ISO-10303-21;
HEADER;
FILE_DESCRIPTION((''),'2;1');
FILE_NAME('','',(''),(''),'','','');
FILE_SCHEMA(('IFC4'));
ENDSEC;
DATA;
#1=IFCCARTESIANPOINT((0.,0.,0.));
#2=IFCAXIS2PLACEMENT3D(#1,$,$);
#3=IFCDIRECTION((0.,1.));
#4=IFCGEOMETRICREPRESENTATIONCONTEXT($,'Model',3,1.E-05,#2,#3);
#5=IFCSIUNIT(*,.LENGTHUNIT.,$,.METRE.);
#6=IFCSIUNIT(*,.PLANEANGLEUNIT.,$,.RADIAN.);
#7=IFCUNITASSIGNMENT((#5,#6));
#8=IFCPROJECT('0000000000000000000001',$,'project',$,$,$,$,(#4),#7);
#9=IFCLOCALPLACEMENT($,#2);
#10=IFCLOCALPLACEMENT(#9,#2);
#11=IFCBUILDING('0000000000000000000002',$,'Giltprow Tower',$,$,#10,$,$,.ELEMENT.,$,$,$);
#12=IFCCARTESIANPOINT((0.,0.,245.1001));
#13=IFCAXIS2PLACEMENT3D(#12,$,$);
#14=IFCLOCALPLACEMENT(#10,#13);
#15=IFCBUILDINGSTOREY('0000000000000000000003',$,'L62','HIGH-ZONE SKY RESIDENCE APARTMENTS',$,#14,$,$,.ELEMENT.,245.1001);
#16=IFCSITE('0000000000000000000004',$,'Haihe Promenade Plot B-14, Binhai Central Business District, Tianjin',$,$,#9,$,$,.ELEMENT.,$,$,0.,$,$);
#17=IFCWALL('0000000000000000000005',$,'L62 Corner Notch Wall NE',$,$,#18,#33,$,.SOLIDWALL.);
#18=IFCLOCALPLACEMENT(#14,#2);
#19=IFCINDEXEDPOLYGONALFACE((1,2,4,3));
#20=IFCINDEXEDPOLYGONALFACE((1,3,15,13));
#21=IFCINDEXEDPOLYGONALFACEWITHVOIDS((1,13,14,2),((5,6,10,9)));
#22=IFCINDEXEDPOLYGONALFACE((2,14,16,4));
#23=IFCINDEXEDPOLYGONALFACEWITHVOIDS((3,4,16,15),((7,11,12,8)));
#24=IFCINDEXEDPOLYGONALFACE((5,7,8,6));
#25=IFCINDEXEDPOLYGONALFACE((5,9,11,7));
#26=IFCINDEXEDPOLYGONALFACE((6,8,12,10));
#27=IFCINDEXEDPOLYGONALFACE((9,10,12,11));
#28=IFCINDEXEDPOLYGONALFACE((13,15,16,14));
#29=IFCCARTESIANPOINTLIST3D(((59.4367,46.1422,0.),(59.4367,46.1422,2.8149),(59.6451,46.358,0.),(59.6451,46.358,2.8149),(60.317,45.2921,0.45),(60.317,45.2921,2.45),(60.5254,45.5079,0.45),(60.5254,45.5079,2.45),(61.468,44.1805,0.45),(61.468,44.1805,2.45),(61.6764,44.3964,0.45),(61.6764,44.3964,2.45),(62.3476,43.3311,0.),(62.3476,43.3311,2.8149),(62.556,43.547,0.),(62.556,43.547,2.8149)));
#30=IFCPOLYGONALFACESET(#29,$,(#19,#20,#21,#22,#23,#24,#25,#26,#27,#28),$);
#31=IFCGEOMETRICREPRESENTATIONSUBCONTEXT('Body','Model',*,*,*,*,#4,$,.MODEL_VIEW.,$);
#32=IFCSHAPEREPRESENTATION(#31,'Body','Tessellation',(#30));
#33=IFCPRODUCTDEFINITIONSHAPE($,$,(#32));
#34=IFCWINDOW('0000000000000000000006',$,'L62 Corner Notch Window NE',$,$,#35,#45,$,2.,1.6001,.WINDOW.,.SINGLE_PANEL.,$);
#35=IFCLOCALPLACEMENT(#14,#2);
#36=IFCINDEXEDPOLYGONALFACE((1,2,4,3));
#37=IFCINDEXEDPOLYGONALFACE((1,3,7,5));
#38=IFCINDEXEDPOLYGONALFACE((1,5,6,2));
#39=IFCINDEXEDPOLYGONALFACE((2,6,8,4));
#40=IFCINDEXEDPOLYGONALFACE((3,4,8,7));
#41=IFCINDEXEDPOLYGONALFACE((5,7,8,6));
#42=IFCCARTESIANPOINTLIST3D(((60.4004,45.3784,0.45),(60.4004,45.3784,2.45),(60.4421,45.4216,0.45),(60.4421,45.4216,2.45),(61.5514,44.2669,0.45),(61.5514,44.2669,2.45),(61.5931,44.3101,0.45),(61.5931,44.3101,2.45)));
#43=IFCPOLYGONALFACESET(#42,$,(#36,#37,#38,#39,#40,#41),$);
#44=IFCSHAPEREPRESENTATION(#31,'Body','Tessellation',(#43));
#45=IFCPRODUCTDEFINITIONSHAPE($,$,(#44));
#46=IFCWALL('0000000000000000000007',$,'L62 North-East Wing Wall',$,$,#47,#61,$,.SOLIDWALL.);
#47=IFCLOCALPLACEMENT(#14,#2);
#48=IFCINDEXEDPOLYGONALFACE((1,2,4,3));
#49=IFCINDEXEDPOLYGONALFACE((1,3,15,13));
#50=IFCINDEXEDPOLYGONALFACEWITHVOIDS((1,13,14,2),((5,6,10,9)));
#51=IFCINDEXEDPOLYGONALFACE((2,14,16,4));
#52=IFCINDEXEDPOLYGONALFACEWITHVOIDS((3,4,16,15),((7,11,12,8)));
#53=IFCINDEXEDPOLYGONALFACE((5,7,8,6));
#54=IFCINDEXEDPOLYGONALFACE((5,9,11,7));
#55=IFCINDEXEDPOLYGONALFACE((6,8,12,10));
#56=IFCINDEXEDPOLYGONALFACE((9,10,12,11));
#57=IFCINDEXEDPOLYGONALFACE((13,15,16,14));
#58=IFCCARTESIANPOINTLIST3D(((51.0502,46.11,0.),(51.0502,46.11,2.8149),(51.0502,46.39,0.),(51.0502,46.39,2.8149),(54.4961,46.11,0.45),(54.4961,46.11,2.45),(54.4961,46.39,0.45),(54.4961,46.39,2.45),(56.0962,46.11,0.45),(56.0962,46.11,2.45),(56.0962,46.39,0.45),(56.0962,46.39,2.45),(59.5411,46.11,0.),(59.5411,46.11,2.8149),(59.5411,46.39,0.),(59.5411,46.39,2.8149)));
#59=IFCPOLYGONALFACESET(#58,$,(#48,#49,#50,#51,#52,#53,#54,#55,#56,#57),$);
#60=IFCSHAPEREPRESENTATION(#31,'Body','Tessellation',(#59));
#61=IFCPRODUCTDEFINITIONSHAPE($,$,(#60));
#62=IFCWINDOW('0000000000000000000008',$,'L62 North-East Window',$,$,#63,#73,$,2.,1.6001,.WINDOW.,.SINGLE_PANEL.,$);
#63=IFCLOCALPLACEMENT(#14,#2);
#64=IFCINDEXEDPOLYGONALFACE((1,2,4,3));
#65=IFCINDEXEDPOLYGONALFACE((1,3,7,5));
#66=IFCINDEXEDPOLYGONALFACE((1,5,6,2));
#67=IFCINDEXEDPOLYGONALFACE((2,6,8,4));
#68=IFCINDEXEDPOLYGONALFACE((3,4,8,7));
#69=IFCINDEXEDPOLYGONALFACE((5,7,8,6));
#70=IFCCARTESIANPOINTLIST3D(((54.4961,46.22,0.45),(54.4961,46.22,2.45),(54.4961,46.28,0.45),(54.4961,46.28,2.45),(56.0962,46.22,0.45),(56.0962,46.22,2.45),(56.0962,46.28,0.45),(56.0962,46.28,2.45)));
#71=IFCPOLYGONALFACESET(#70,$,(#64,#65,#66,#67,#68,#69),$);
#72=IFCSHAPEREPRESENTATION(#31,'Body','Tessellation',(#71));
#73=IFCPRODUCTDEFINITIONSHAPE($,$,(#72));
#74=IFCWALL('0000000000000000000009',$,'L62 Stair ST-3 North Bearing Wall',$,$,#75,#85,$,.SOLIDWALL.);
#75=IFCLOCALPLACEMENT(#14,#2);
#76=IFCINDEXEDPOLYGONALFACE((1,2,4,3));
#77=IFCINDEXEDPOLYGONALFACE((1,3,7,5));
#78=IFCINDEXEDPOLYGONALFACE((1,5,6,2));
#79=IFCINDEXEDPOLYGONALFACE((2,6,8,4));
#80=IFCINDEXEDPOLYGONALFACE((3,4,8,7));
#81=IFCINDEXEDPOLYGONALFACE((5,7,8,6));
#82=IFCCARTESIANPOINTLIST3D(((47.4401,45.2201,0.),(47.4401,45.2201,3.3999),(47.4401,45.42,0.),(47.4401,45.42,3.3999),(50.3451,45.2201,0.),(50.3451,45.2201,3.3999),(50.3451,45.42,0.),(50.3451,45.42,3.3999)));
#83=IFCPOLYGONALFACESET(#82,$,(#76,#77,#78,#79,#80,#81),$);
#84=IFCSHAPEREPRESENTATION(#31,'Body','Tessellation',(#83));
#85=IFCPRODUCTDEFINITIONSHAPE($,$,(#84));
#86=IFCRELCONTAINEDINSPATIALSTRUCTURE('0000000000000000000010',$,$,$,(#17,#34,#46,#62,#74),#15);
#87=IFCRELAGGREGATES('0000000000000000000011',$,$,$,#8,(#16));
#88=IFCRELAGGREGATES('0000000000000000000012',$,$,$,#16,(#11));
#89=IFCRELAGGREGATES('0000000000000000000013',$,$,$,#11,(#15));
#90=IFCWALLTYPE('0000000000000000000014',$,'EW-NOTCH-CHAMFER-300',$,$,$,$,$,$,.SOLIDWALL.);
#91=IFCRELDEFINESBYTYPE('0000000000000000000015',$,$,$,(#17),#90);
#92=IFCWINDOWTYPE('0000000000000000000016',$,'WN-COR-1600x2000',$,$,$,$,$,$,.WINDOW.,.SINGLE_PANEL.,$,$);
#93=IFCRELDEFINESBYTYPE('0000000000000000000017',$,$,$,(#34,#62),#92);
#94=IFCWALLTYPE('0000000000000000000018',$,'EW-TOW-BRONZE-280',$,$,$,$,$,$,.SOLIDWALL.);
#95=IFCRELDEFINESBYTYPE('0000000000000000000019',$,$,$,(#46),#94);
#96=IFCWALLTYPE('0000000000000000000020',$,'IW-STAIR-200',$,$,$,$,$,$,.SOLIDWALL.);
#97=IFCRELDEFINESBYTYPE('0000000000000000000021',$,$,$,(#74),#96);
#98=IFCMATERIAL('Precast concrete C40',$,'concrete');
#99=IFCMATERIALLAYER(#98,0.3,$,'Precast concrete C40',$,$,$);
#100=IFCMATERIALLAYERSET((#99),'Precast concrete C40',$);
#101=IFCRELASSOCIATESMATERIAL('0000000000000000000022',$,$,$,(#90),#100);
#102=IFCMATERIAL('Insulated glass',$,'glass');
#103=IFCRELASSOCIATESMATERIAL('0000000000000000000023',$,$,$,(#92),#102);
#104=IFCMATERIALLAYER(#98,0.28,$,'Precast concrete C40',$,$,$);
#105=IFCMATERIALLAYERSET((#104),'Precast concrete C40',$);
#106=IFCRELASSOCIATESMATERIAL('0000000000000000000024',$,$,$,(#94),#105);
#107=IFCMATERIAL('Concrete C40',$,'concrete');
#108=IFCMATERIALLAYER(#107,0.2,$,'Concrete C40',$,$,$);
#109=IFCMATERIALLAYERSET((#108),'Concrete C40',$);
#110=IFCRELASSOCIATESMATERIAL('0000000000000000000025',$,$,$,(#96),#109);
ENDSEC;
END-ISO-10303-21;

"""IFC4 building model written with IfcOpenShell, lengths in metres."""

from ifc_helpers import new_model, si_unit, direction, frame, frame_2d, origin, place, context, subcontext, project, spatial, rectangle, extrude, source, transform, mapped, material, layer, layer_set, type_object, element, fill, save


model = new_model("IFC4")

# Units and contexts
model_context = context("Model", 3, precision=1e-05, world=origin(), true_north=direction((0.0, 1.0)))
body_context = subcontext(model_context, "Body", "Model", "MODEL_VIEW")
ifc_project = project(units=[si_unit("LENGTHUNIT", "METRE"), si_unit("PLANEANGLEUNIT", "RADIAN")], contexts=[model_context])

# Site, building, storey
site_placement = place(None, origin())
site = spatial("IfcSite", under=ifc_project, at=site_placement, Name="Haihe Promenade Plot B-14, Binhai Central Business District, Tianjin", CompositionType="ELEMENT", RefElevation=0.0)
building_placement = place(site_placement, origin())
building = spatial("IfcBuilding", under=site, at=building_placement, Name="Giltprow Tower", CompositionType="ELEMENT")
storey_placement = place(building_placement, frame((0.0, 0.0, 245.1001)))
storey = spatial("IfcBuildingStorey", under=building, at=storey_placement, Name="L62", Description="HIGH-ZONE SKY RESIDENCE APARTMENTS", CompositionType="ELEMENT", Elevation=245.1001)

# Walls, openings, windows
ifc_material_1 = material(Name="Precast concrete C40", Category="concrete")
ifc_layer_1 = layer(ifc_material_1, 0.3, Name="Precast concrete C40")
ifc_layer_set_1 = layer_set([ifc_layer_1], Name="Precast concrete C40")
wall_type_1 = type_object("IfcWallType", Name="EW-NOTCH-CHAMFER-300", PredefinedType="SOLIDWALL", material=ifc_layer_set_1)
wall_1_placement = place(storey_placement, frame((62.4519, 43.439, 0.0), z_axis=(0.0, 0.0, 1.0), x_axis=(-0.719337, 0.694661, 0.0)))
wall_1 = element("IfcWall", 1, at=wall_1_placement, inside=storey, type_object=wall_type_1, Name="L62 Corner Notch Wall NE", PredefinedType="SOLIDWALL", context=body_context, shape_type="SweptSolid", body=[
    extrude(rectangle(XDim=4.0466, YDim=0.3, at=frame_2d((2.0234, 0.0))), origin(), (0.0, 0.0, 1.0), 2.8149),
])
opening_1_placement = place(wall_1_placement, frame((1.2229, 0.0, 0.45)))
opening_1 = element("IfcOpeningElement", 2, at=opening_1_placement, cuts=wall_1, PredefinedType="OPENING", context=body_context, shape_type="SweptSolid", body=[
    extrude(rectangle(XDim=1.6001, YDim=2.0, at=frame_2d((0.8, 1.0))), frame((0.0, 0.1599, 0.0), z_axis=(0.0, -1.0, 0.0), x_axis=(1.0, 0.0, 0.0)), (0.0, 0.0, 1.0), 0.3201),
])
ifc_material_2 = material(Name="Insulated glass", Category="glass")
window_type = type_object("IfcWindowType", Name="WN-COR-1600x2000", PartitioningType="SINGLE_PANEL", PredefinedType="WINDOW", material=ifc_material_2)
shared_shape_1 = source(origin(), body_context, "Body", "SweptSolid", [
    extrude(rectangle(XDim=1.6001, YDim=2.0, at=frame_2d((0.8, 1.0))), frame((0.0, 0.03, 0.0), z_axis=(0.0, -1.0, 0.0), x_axis=(1.0, 0.0, 0.0)), (0.0, 0.0, 1.0), 0.0601),
])
window_1_placement = place(opening_1_placement, origin())
window_1 = element("IfcWindow", 3, at=window_1_placement, inside=storey, type_object=window_type, Name="L62 Corner Notch Window NE", OverallHeight=2.0, OverallWidth=1.6001, PartitioningType="SINGLE_PANEL", PredefinedType="WINDOW", context=body_context, shape_type="MappedRepresentation", body=[
    mapped(shared_shape_1, transform((0.0, 0.0, 0.0), x_axis=(1.0, 0.0, 0.0), y_axis=(0.0, 1.0, 0.0), z_axis=(0.0, 0.0, 1.0), scale=1.0)),
])
fill(opening_1, window_1)
ifc_layer_2 = layer(ifc_material_1, 0.28, Name="Precast concrete C40")
ifc_layer_set_2 = layer_set([ifc_layer_2], Name="Precast concrete C40")
wall_type_2 = type_object("IfcWallType", Name="EW-TOW-BRONZE-280", PredefinedType="SOLIDWALL", material=ifc_layer_set_2)
wall_2_placement = place(storey_placement, frame((51.05, 46.25, 0.0), z_axis=(0.0, 0.0, 1.0), x_axis=(1.0, 0.0, 0.0)))
wall_2 = element("IfcWall", 4, at=wall_2_placement, inside=storey, type_object=wall_type_2, Name="L62 North-East Wing Wall", PredefinedType="SOLIDWALL", context=body_context, shape_type="SweptSolid", body=[
    extrude(rectangle(XDim=8.491, YDim=0.28, at=frame_2d((4.2456, 0.0))), origin(), (0.0, 0.0, 1.0), 2.8149),
])
opening_2_placement = place(wall_2_placement, frame((3.446, 0.0, 0.45)))
opening_2 = element("IfcOpeningElement", 5, at=opening_2_placement, cuts=wall_2, PredefinedType="OPENING", context=body_context, shape_type="SweptSolid", body=[
    extrude(rectangle(XDim=1.6001, YDim=2.0, at=frame_2d((0.8, 1.0))), frame((0.0, 0.1499, 0.0), z_axis=(0.0, -1.0, 0.0), x_axis=(1.0, 0.0, 0.0)), (0.0, 0.0, 1.0), 0.3),
])
window_2_placement = place(opening_2_placement, origin())
window_2 = element("IfcWindow", 6, at=window_2_placement, inside=storey, type_object=window_type, Name="L62 North-East Window", OverallHeight=2.0, OverallWidth=1.6001, PartitioningType="SINGLE_PANEL", PredefinedType="WINDOW", context=body_context, shape_type="MappedRepresentation", body=[
    mapped(shared_shape_1, transform((0.0, 0.0, 0.0), x_axis=(1.0, 0.0, 0.0), y_axis=(0.0, 1.0, 0.0), z_axis=(0.0, 0.0, 1.0), scale=1.0)),
])
fill(opening_2, window_2)

# Wall
ifc_material_3 = material(Name="Concrete C40", Category="concrete")
ifc_layer_3 = layer(ifc_material_3, 0.2, Name="Concrete C40")
ifc_layer_set_3 = layer_set([ifc_layer_3], Name="Concrete C40")
wall_type_3 = type_object("IfcWallType", Name="IW-STAIR-200", PredefinedType="SOLIDWALL", material=ifc_layer_set_3)
wall_3_placement = place(storey_placement, frame((47.4399, 45.3201, 0.0), z_axis=(0.0, 0.0, 1.0), x_axis=(1.0, 0.0, 0.0)))
element("IfcWall", 7, at=wall_3_placement, inside=storey, type_object=wall_type_3, Name="L62 Stair ST-3 North Bearing Wall", PredefinedType="SOLIDWALL", context=body_context, shape_type="SweptSolid", body=[
    extrude(rectangle(XDim=2.905, YDim=0.2, at=frame_2d((1.4526, 0.0))), origin(), (0.0, 0.0, 1.0), 3.3999),
])

save(model, "model.ifc")
